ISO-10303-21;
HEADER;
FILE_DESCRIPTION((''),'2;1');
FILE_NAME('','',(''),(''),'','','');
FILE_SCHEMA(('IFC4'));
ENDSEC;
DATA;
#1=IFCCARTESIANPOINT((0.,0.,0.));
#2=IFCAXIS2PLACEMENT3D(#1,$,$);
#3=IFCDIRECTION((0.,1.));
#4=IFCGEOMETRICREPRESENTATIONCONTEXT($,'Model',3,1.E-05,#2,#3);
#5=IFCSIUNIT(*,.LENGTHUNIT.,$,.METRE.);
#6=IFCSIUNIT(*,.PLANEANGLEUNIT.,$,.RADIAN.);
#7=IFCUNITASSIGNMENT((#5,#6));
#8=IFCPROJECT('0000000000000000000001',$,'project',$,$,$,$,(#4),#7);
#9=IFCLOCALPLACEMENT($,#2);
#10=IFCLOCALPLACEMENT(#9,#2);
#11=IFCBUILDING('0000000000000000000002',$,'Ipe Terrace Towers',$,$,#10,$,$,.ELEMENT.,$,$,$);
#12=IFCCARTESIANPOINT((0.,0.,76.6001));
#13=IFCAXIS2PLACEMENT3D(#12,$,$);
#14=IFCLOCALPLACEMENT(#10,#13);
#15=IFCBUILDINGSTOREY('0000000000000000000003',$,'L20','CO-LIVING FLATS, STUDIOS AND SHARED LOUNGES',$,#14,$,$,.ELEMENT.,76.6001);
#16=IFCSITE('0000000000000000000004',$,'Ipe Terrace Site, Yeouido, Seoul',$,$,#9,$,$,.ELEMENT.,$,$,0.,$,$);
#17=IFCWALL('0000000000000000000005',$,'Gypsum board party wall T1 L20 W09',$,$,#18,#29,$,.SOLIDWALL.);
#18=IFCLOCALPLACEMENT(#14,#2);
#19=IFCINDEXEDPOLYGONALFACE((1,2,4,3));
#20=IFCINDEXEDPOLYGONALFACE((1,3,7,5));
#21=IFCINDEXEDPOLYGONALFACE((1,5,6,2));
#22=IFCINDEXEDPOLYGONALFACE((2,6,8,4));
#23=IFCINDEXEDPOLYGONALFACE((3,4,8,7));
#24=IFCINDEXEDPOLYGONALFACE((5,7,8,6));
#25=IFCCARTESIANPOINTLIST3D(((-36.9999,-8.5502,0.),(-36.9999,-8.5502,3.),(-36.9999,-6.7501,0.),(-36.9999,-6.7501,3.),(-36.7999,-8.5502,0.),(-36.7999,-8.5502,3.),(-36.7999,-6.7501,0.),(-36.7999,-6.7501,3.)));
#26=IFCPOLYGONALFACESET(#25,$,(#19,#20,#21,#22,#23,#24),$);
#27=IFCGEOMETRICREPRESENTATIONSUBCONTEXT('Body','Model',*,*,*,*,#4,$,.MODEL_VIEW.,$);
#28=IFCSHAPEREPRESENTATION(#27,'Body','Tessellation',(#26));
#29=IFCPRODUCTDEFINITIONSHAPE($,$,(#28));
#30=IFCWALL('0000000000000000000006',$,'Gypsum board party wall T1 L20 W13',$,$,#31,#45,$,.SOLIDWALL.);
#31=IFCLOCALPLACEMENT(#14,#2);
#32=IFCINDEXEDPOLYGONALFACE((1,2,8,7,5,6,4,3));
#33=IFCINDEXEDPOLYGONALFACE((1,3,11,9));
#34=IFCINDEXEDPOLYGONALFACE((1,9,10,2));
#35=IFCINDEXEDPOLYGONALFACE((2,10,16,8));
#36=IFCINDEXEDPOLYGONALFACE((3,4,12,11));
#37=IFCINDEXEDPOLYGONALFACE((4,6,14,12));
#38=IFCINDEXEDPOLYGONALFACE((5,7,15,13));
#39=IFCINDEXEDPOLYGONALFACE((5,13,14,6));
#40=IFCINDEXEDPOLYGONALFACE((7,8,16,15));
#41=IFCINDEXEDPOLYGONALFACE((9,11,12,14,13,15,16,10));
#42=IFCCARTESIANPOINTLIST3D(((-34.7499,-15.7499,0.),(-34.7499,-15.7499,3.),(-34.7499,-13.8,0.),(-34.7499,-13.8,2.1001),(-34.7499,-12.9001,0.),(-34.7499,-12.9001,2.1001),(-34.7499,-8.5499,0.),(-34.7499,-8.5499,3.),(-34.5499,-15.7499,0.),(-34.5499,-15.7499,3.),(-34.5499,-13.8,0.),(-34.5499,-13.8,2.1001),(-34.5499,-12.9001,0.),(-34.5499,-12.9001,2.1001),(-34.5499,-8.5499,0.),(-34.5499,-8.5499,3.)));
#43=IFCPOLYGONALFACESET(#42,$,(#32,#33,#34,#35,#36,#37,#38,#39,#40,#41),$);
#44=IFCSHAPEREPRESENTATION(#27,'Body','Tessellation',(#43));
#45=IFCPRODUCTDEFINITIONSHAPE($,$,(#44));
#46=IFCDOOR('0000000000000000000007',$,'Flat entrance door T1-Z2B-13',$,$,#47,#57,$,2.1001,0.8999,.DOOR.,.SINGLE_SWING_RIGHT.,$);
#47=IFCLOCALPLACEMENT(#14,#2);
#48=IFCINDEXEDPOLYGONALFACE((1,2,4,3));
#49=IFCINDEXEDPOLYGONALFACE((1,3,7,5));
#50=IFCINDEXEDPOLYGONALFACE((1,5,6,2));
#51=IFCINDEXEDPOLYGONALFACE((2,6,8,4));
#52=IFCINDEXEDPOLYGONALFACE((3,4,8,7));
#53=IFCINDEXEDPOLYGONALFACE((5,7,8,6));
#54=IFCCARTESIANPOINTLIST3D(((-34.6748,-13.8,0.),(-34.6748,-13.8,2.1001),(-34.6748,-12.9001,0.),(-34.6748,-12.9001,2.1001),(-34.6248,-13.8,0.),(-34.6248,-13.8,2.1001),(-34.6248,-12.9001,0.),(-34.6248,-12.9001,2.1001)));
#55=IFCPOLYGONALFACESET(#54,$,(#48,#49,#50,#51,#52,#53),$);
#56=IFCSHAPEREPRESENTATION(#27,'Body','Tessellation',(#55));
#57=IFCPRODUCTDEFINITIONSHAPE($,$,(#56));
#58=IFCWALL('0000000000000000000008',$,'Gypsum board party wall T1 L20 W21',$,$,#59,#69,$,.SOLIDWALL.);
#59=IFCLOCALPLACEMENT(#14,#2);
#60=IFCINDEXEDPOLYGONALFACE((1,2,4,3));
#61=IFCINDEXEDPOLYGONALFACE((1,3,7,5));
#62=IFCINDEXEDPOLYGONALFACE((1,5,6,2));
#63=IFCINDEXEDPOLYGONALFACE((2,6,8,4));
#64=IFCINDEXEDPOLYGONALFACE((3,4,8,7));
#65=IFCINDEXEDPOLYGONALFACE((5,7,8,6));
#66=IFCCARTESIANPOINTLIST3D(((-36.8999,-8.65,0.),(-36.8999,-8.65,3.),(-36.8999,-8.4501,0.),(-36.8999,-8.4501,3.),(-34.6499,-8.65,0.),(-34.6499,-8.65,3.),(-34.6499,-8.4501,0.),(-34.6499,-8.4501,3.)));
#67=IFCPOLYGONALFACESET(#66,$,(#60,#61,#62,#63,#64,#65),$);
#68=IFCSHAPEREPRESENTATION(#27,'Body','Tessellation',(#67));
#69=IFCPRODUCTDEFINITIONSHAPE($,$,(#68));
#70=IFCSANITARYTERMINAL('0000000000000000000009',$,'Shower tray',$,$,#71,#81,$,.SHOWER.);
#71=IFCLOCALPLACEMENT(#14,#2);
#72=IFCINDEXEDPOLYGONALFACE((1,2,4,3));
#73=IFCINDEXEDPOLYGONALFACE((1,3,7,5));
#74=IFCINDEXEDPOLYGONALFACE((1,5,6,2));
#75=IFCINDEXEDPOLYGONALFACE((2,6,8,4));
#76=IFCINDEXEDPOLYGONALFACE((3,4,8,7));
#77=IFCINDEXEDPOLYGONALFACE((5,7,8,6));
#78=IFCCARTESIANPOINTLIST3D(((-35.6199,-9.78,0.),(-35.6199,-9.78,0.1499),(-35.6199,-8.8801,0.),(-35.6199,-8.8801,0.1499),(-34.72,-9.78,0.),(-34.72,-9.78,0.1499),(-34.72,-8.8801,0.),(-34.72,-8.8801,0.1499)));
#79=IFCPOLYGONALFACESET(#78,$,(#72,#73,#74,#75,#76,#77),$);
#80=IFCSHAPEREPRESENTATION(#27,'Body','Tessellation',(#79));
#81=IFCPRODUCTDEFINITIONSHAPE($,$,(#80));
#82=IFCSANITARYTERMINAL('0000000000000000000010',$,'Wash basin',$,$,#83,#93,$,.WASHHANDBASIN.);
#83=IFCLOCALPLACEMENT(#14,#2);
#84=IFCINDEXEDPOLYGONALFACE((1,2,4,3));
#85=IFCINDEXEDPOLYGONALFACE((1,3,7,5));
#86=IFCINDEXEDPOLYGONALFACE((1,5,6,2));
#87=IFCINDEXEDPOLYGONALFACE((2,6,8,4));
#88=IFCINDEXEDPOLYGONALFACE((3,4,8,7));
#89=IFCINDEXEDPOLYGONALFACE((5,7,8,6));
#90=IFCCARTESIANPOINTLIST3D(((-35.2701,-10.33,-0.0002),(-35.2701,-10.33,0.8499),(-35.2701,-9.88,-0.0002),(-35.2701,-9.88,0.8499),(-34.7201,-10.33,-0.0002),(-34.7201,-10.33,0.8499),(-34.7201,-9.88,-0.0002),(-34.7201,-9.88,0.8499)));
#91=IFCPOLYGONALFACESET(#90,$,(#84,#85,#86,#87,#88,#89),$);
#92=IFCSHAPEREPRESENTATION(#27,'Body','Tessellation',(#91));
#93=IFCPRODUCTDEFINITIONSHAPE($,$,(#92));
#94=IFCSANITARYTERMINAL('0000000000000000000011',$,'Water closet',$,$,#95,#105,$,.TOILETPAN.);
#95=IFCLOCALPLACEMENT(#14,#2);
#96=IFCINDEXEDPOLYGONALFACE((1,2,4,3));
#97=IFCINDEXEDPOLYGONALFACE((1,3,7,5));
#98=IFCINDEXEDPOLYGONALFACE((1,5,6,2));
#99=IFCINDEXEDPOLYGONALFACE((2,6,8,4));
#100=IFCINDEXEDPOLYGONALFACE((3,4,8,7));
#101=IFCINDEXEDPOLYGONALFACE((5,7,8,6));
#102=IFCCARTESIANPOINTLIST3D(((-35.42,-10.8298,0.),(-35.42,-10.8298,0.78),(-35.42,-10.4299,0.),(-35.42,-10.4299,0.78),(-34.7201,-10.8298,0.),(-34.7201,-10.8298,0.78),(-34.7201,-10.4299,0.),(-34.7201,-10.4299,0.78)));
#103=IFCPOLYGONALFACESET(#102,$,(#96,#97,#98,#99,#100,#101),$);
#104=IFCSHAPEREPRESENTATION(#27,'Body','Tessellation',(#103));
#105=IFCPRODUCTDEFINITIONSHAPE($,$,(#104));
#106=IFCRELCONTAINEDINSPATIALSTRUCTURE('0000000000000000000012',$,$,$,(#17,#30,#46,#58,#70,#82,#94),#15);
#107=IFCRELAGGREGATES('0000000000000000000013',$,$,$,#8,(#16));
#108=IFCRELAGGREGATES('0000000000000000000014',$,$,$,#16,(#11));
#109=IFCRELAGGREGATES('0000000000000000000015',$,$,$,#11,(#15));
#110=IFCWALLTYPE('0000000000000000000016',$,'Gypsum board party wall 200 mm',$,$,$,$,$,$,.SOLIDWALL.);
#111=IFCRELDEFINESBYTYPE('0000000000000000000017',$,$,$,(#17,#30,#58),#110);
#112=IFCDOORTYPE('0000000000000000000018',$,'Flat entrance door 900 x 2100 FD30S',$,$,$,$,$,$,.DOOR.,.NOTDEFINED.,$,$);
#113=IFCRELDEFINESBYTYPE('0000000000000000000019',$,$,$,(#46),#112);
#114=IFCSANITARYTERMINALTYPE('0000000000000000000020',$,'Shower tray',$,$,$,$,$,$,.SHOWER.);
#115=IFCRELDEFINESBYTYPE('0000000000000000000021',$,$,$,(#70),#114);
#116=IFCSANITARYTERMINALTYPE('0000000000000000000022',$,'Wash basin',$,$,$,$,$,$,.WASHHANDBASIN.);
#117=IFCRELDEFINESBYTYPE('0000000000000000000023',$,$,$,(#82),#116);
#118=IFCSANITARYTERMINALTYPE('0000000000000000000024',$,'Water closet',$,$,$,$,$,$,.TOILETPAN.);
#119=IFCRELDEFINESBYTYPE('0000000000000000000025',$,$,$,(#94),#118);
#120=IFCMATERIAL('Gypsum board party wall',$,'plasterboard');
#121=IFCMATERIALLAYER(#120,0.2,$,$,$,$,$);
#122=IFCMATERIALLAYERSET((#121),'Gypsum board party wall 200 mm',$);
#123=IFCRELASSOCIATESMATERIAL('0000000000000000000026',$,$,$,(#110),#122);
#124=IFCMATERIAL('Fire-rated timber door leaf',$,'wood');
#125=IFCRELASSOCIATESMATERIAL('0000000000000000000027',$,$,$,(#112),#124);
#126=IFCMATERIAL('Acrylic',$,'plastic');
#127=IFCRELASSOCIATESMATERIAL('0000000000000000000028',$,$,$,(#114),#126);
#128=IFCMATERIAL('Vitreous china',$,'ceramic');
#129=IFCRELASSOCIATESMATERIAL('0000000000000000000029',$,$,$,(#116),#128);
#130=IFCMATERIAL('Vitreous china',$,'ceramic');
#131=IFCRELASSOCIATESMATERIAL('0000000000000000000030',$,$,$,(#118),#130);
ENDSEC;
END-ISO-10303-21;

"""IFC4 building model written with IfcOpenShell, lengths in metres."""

from ifc_helpers import new_model, si_unit, direction, frame, frame_2d, origin, origin_2d, place, context, subcontext, project, spatial, rectangle, extrude, material, layer, layer_set, type_object, element, fill, save


model = new_model("IFC4")

# Units and contexts
model_context = context("Model", 3, precision=1e-05, world=origin(), true_north=direction((0.0, 1.0)))
body_context = subcontext(model_context, "Body", "Model", "MODEL_VIEW")
ifc_project = project(units=[si_unit("LENGTHUNIT", "METRE"), si_unit("PLANEANGLEUNIT", "RADIAN")], contexts=[model_context])

# Site, building, storey
site_placement = place(None, origin())
site = spatial("IfcSite", under=ifc_project, at=site_placement, Name="Ipe Terrace Site, Yeouido, Seoul", CompositionType="ELEMENT", RefElevation=0.0)
building_placement = place(site_placement, origin())
building = spatial("IfcBuilding", under=site, at=building_placement, Name="Ipe Terrace Towers", CompositionType="ELEMENT")
storey_placement = place(building_placement, frame((0.0, 0.0, 76.6001)))
storey = spatial("IfcBuildingStorey", under=building, at=storey_placement, Name="L20", Description="CO-LIVING FLATS, STUDIOS AND SHARED LOUNGES", CompositionType="ELEMENT", Elevation=76.6001)

# Wall
ifc_material_1 = material(Name="Gypsum board party wall", Category="plasterboard")
ifc_layer_1 = layer(ifc_material_1, 0.2)
ifc_layer_set_1 = layer_set([ifc_layer_1], Name="Gypsum board party wall 200 mm")
wall_type_1 = type_object("IfcWallType", Name="Gypsum board party wall 200 mm", PredefinedType="SOLIDWALL", material=ifc_layer_set_1)
wall_1_placement = place(storey_placement, frame((-36.8999, -8.55, 0.0), z_axis=(0.0, 0.0, 1.0), x_axis=(0.0, 1.0, 0.0)))
element("IfcWall", 1, at=wall_1_placement, inside=storey, type_object=wall_type_1, Name="Gypsum board party wall T1 L20 W09", PredefinedType="SOLIDWALL", context=body_context, shape_type="SweptSolid", body=[
    extrude(rectangle(XDim=1.8, YDim=0.2, at=frame_2d((0.8999, 0.0))), origin(), (0.0, 0.0, 1.0), 3.0),
])

# Wall, opening, door
wall_2_placement = place(storey_placement, frame((-34.6499, -15.75, 0.0), z_axis=(0.0, 0.0, 1.0), x_axis=(0.0, 1.0, 0.0)))
wall_2 = element("IfcWall", 2, at=wall_2_placement, inside=storey, type_object=wall_type_1, Name="Gypsum board party wall T1 L20 W13", PredefinedType="SOLIDWALL", context=body_context, shape_type="SweptSolid", body=[
    extrude(rectangle(XDim=7.2, YDim=0.2, at=frame_2d((3.6001, 0.0))), origin(), (0.0, 0.0, 1.0), 3.0),
])
opening_1_placement = place(wall_2_placement, frame((1.95, 0.0, 0.0)))
opening_1 = element("IfcOpeningElement", 3, at=opening_1_placement, cuts=wall_2, PredefinedType="OPENING", context=body_context, shape_type="SweptSolid", body=[
    extrude(rectangle(XDim=0.8999, YDim=2.1001, at=frame_2d((0.45, 1.05))), frame((0.0, 0.1099, 0.0), z_axis=(0.0, -1.0, 0.0), x_axis=(1.0, 0.0, 0.0)), (0.0, 0.0, 1.0), 0.22),
])
ifc_material_2 = material(Name="Fire-rated timber door leaf", Category="wood")
door_type_1 = type_object("IfcDoorType", Name="Flat entrance door 900 x 2100 FD30S", OperationType="NOTDEFINED", PredefinedType="DOOR", material=ifc_material_2)
door_1_placement = place(opening_1_placement, origin())
door_1 = element("IfcDoor", 4, at=door_1_placement, inside=storey, type_object=door_type_1, Name="Flat entrance door T1-Z2B-13", OperationType="SINGLE_SWING_RIGHT", OverallHeight=2.1001, OverallWidth=0.8999, PredefinedType="DOOR", context=body_context, shape_type="SweptSolid", body=[
    extrude(rectangle(XDim=0.8999, YDim=2.1001, at=frame_2d((0.45, 1.05))), frame((0.0, 0.0249, 0.0), z_axis=(0.0, -1.0, 0.0), x_axis=(1.0, 0.0, 0.0)), (0.0, 0.0, 1.0), 0.05),
])
fill(opening_1, door_1)

# Wall
wall_3_placement = place(storey_placement, frame((-36.8999, -8.55, 0.0), z_axis=(0.0, 0.0, 1.0), x_axis=(1.0, 0.0, 0.0)))
element("IfcWall", 5, at=wall_3_placement, inside=storey, type_object=wall_type_1, Name="Gypsum board party wall T1 L20 W21", PredefinedType="SOLIDWALL", context=body_context, shape_type="SweptSolid", body=[
    extrude(rectangle(XDim=2.25, YDim=0.2, at=frame_2d((1.125, 0.0))), origin(), (0.0, 0.0, 1.0), 3.0),
])

# Sanitary terminals
ifc_material_3 = material(Name="Acrylic", Category="plastic")
sanitary_terminal_type_1 = type_object("IfcSanitaryTerminalType", Name="Shower tray", PredefinedType="SHOWER", material=ifc_material_3)
sanitary_terminal_1_placement = place(storey_placement, frame((-35.1699, -9.3301, 0.0), z_axis=(0.0, 0.0, 1.0), x_axis=(-1.0, 0.0, 0.0)))
element("IfcSanitaryTerminal", 6, at=sanitary_terminal_1_placement, inside=storey, type_object=sanitary_terminal_type_1, Name="Shower tray", PredefinedType="SHOWER", context=body_context, shape_type="SweptSolid", body=[
    extrude(rectangle(XDim=0.8999, YDim=0.8999, at=origin_2d()), origin(), (0.0, 0.0, 1.0), 0.1499),
])
ifc_material_4 = material(Name="Vitreous china", Category="ceramic")
sanitary_terminal_type_2 = type_object("IfcSanitaryTerminalType", Name="Wash basin", PredefinedType="WASHHANDBASIN", material=ifc_material_4)
sanitary_terminal_2_placement = place(storey_placement, frame((-34.9951, -10.105, -0.0002), z_axis=(0.0, 0.0, 1.0), x_axis=(-1.0, 0.0, 0.0)))
element("IfcSanitaryTerminal", 7, at=sanitary_terminal_2_placement, inside=storey, type_object=sanitary_terminal_type_2, Name="Wash basin", PredefinedType="WASHHANDBASIN", context=body_context, shape_type="SweptSolid", body=[
    extrude(rectangle(XDim=0.55, YDim=0.45, at=origin_2d()), origin(), (0.0, 0.0, 1.0), 0.8501),
])
ifc_material_5 = material(Name="Vitreous china", Category="ceramic")
sanitary_terminal_type_3 = type_object("IfcSanitaryTerminalType", Name="Water closet", PredefinedType="TOILETPAN", material=ifc_material_5)
sanitary_terminal_3_placement = place(storey_placement, frame((-35.0701, -10.6299, 0.0), z_axis=(0.0, 0.0, 1.0), x_axis=(-1.0, 0.0, 0.0)))
element("IfcSanitaryTerminal", 8, at=sanitary_terminal_3_placement, inside=storey, type_object=sanitary_terminal_type_3, Name="Water closet", PredefinedType="TOILETPAN", context=body_context, shape_type="SweptSolid", body=[
    extrude(rectangle(XDim=0.7, YDim=0.3999, at=origin_2d()), origin(), (0.0, 0.0, 1.0), 0.78),
])

save(model, "model.ifc")
